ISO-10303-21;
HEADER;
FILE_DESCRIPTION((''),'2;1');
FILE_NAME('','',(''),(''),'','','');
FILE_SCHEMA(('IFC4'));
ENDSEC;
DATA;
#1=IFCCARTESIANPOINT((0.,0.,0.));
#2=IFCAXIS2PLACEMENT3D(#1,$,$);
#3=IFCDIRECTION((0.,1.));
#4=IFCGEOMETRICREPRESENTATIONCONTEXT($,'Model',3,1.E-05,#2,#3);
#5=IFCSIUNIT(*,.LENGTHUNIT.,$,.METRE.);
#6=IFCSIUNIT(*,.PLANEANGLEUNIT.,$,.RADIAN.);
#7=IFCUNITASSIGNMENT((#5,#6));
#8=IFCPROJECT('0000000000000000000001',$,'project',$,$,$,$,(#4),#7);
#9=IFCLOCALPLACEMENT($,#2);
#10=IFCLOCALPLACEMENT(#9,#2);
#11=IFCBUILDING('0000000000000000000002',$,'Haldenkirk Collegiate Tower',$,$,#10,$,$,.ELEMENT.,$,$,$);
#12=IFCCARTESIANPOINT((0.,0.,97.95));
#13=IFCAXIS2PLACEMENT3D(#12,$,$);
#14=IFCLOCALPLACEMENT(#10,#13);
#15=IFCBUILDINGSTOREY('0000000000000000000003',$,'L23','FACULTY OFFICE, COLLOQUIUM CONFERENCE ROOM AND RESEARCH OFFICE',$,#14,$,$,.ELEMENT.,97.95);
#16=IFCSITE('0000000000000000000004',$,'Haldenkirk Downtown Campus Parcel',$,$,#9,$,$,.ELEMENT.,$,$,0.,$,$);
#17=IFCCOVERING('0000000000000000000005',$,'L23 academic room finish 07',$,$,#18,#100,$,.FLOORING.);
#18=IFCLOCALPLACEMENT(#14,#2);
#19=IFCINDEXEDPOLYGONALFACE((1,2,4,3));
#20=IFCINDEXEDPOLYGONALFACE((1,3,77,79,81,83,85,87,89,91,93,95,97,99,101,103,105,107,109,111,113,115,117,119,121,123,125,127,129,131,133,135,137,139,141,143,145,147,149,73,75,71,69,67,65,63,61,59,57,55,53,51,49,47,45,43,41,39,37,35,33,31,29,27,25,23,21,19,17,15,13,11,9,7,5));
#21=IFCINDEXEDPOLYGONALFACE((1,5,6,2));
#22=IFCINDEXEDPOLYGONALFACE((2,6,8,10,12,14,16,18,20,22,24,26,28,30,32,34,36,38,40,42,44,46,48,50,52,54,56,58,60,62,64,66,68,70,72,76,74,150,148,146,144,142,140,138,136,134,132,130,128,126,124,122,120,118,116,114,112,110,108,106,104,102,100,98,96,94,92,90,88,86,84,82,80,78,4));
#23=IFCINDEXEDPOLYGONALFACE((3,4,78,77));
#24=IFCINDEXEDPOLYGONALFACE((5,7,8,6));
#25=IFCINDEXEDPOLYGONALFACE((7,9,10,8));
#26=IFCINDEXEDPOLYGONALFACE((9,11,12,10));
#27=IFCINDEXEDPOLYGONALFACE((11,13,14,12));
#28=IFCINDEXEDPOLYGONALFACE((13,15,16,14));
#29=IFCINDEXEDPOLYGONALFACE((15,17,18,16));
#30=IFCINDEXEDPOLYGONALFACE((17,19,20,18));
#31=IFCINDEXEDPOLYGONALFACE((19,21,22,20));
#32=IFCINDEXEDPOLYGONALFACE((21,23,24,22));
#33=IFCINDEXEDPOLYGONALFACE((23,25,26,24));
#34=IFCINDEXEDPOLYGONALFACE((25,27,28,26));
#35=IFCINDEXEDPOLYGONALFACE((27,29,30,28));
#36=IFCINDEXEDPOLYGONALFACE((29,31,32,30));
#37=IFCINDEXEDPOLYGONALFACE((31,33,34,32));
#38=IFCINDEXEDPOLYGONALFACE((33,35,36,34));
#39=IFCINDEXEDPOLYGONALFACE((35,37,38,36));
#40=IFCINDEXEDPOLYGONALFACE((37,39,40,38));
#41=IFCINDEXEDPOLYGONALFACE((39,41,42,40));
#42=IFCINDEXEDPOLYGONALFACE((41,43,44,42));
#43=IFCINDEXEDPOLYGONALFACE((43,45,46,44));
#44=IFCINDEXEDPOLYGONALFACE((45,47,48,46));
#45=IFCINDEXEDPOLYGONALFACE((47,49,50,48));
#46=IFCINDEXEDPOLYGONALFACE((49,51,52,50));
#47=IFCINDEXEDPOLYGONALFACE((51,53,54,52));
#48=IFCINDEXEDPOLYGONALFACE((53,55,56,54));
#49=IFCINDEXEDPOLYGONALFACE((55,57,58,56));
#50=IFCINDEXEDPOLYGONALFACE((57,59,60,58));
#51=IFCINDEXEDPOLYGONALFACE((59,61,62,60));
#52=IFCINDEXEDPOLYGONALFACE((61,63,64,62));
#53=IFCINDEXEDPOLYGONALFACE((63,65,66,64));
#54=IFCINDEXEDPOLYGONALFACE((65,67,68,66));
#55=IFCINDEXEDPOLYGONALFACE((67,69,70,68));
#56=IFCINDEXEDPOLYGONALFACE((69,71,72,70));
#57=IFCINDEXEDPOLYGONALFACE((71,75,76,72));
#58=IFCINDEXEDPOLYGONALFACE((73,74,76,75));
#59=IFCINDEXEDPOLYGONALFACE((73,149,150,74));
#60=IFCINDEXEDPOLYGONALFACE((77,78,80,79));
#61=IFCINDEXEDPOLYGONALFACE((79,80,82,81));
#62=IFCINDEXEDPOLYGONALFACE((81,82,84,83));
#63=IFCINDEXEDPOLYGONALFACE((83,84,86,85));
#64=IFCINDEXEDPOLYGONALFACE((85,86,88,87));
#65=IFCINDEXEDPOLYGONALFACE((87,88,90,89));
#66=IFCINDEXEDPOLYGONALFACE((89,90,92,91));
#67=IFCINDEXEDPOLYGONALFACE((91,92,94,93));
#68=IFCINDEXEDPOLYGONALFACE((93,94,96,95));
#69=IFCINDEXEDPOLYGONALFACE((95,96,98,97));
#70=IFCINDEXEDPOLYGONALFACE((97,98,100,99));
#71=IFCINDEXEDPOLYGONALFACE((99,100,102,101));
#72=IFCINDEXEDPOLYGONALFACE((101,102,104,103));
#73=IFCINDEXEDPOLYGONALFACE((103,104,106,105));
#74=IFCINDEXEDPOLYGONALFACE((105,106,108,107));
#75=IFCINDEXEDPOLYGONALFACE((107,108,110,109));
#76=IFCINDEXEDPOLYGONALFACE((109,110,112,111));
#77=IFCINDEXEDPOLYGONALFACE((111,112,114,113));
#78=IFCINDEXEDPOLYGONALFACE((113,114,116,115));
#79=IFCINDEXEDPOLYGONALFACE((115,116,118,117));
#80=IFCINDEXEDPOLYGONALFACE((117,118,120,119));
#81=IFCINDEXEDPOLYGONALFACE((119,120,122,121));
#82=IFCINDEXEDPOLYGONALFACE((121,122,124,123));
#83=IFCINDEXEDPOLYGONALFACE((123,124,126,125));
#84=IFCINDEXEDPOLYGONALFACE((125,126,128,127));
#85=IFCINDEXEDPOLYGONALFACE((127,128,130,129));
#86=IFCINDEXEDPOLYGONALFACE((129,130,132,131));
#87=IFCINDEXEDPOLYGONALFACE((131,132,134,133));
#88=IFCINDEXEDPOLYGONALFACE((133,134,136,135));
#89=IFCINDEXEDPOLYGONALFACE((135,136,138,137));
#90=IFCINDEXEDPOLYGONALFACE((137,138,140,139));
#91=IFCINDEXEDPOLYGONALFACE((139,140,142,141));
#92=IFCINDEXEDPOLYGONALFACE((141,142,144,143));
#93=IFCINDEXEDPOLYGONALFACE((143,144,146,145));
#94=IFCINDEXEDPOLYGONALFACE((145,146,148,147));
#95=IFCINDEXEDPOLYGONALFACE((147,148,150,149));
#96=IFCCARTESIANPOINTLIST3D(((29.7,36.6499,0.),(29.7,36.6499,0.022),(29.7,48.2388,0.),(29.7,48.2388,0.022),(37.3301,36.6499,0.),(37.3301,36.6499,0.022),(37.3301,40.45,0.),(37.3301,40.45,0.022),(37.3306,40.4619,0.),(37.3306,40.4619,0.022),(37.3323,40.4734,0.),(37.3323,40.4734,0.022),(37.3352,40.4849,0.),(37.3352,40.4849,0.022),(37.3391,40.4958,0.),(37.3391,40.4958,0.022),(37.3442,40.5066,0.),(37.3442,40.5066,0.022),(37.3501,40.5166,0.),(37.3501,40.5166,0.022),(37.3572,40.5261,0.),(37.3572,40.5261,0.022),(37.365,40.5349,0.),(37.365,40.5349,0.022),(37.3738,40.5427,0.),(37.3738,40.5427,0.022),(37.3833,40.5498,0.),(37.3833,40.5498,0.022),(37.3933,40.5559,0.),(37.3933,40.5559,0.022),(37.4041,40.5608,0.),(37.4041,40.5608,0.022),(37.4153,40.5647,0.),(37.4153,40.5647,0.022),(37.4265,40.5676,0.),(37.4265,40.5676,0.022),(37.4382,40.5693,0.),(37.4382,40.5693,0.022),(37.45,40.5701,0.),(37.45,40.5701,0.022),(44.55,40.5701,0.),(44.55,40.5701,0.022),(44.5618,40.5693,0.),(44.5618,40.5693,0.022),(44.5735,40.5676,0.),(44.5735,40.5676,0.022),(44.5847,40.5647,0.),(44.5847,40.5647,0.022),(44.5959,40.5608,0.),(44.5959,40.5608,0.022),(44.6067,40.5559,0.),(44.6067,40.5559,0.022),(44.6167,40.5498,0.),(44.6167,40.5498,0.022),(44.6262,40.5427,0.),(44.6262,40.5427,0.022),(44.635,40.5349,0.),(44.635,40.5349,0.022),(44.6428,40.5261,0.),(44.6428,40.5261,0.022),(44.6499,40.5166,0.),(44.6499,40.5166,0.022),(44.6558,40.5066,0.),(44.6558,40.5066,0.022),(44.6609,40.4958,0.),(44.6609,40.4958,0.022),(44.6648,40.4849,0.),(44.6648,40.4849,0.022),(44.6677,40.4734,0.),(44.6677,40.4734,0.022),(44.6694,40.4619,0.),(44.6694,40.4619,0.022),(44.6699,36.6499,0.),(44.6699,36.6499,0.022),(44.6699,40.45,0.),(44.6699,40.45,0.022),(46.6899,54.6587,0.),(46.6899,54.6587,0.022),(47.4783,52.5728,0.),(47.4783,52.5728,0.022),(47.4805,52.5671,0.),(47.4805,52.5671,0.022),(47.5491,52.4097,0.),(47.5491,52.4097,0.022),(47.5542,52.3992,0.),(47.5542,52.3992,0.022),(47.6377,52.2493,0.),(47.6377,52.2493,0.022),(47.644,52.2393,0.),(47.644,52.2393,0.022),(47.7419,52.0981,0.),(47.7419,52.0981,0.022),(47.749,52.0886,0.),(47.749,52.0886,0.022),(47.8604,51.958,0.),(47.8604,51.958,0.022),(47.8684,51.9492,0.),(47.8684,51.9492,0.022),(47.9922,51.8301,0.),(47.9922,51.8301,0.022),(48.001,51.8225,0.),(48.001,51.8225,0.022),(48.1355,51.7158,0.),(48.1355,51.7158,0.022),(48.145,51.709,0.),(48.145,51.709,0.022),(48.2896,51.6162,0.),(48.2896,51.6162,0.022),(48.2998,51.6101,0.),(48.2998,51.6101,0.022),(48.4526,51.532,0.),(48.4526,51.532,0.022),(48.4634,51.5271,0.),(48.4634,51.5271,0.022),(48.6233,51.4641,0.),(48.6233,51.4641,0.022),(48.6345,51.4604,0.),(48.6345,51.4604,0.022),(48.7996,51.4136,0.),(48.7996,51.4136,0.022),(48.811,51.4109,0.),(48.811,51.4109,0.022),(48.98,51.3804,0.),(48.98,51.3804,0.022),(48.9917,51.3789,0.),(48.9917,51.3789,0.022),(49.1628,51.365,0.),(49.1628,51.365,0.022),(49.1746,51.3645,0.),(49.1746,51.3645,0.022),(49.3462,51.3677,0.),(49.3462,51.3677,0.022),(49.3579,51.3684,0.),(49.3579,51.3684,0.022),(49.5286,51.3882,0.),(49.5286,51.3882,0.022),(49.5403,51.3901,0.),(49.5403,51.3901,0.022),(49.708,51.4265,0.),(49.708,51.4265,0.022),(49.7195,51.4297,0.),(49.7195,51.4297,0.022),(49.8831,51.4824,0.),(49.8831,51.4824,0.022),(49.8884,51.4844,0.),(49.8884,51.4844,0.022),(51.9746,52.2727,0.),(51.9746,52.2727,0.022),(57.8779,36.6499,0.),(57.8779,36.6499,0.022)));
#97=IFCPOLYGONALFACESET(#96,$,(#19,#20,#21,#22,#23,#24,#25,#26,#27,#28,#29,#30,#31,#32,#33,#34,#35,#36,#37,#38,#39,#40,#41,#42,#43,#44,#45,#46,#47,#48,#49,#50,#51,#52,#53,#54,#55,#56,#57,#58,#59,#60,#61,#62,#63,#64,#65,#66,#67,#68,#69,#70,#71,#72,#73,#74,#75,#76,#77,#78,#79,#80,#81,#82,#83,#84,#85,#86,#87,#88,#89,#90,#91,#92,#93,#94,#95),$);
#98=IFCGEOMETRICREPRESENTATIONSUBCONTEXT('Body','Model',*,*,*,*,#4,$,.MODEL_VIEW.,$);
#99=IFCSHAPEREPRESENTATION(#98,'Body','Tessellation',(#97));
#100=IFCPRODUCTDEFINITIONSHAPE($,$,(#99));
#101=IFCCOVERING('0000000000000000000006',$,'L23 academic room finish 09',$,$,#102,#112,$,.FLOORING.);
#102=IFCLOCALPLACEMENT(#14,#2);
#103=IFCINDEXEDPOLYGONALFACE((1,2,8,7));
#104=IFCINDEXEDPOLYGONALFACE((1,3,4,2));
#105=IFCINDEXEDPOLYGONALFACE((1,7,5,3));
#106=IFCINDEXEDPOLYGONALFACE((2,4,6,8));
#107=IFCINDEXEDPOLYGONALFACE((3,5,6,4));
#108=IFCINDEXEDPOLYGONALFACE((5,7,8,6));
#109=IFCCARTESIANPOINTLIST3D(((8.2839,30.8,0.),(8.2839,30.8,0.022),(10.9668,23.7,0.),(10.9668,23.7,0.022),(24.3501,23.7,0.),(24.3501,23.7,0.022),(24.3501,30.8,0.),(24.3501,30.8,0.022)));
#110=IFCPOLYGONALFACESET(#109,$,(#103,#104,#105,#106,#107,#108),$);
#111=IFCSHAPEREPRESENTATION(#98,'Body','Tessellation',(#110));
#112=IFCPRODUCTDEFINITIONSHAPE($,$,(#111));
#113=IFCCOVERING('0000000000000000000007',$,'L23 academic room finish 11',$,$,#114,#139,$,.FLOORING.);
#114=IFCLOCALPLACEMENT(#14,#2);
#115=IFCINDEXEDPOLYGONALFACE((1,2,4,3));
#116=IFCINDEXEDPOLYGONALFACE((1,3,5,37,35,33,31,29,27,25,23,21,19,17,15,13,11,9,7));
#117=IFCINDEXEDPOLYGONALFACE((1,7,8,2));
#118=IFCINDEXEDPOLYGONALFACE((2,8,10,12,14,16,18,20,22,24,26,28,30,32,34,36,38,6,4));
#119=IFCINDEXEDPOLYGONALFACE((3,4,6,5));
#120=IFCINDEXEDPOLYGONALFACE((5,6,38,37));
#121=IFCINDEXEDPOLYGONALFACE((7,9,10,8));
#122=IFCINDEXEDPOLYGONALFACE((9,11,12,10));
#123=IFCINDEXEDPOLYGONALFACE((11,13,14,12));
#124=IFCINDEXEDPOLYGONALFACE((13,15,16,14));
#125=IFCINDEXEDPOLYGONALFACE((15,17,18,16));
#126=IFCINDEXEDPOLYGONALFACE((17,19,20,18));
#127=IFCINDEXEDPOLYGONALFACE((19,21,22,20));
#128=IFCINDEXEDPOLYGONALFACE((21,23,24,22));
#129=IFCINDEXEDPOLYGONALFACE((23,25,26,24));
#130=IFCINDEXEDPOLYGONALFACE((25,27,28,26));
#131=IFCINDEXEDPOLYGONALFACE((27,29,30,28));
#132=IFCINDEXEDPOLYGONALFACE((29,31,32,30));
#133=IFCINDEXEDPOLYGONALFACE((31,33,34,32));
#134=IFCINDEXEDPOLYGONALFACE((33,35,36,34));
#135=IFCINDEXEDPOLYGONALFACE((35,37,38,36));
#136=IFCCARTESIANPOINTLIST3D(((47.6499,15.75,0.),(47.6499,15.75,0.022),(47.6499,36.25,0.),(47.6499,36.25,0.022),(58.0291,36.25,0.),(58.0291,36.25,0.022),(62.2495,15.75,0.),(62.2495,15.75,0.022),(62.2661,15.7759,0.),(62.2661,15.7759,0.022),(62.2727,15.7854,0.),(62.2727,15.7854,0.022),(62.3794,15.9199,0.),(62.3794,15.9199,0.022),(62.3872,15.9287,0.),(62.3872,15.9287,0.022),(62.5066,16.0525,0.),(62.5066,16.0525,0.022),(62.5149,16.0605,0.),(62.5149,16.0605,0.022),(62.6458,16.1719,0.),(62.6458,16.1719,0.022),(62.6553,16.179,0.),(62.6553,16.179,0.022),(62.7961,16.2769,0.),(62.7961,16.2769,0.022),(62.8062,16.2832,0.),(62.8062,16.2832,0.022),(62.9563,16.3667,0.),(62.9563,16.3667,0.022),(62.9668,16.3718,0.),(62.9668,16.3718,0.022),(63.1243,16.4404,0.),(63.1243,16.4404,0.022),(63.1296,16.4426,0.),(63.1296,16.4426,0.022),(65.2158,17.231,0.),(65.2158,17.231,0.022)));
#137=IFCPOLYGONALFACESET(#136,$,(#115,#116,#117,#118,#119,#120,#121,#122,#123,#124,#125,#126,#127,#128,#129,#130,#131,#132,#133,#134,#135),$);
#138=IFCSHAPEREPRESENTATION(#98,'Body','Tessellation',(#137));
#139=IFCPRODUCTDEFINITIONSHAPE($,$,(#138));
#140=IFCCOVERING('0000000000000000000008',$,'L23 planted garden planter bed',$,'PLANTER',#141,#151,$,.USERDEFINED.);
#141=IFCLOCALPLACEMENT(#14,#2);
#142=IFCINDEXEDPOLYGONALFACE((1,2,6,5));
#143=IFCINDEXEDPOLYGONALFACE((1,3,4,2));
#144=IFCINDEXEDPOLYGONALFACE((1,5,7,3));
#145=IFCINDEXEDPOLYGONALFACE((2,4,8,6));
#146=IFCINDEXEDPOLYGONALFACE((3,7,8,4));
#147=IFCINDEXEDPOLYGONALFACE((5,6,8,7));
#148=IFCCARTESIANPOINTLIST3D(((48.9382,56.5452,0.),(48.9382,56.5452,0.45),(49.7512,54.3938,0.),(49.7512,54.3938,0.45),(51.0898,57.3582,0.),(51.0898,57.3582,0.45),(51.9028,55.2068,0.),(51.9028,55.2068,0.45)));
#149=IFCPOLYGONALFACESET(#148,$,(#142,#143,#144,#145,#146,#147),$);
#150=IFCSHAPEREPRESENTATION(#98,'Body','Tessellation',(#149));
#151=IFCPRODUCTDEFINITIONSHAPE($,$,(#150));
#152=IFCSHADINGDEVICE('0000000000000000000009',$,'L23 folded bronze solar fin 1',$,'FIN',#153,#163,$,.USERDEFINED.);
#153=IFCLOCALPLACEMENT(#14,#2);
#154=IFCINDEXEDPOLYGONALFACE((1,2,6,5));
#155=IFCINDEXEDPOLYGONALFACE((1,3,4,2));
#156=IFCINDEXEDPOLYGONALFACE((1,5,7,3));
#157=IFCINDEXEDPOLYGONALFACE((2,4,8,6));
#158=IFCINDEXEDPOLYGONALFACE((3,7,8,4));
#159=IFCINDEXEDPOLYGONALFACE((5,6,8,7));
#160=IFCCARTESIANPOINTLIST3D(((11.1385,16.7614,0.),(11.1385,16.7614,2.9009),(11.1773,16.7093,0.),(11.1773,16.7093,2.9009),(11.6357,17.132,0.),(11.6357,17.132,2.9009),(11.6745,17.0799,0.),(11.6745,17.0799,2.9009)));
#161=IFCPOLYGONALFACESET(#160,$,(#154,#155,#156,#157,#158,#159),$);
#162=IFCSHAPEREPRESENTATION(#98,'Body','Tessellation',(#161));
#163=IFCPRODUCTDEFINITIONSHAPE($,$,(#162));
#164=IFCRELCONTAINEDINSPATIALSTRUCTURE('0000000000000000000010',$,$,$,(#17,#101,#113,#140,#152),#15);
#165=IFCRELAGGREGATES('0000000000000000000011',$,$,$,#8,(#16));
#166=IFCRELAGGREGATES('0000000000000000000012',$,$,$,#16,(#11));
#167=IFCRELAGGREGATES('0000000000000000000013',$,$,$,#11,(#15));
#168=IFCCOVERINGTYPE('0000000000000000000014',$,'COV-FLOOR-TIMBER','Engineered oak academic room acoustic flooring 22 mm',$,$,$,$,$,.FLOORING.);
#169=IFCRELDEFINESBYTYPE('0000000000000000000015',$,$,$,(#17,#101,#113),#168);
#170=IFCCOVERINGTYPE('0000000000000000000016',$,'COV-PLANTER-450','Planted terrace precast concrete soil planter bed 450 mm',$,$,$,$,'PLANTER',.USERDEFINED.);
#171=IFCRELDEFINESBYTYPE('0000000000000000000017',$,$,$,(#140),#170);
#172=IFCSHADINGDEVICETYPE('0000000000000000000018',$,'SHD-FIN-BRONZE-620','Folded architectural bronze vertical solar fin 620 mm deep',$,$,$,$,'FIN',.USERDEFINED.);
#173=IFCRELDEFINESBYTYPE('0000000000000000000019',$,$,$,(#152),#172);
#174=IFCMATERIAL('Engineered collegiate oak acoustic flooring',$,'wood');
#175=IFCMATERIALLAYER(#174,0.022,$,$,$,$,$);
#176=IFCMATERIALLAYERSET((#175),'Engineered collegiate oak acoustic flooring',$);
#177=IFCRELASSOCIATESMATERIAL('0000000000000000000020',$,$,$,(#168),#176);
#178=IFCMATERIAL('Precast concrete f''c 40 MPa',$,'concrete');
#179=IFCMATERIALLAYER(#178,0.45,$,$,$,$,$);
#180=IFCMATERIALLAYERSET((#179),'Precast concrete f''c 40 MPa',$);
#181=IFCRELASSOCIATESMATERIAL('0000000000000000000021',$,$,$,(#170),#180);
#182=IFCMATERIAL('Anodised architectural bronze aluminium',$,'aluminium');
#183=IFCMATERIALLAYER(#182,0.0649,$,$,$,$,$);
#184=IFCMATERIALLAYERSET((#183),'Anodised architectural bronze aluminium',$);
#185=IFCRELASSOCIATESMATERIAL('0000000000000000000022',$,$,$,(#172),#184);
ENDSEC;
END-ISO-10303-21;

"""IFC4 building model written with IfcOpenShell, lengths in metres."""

from ifc_helpers import new_model, si_unit, direction, frame, origin, origin_2d, place, context, subcontext, project, spatial, polyline, rectangle, outline, extrude, source, transform, mapped, material, layer, layer_set, type_object, element, save


model = new_model("IFC4")

# Units and contexts
model_context = context("Model", 3, precision=1e-05, world=origin(), true_north=direction((0.0, 1.0)))
body_context = subcontext(model_context, "Body", "Model", "MODEL_VIEW")
ifc_project = project(units=[si_unit("LENGTHUNIT", "METRE"), si_unit("PLANEANGLEUNIT", "RADIAN")], contexts=[model_context])

# Site, building, storey
site_placement = place(None, origin())
site = spatial("IfcSite", under=ifc_project, at=site_placement, Name="Haldenkirk Downtown Campus Parcel", CompositionType="ELEMENT", RefElevation=0.0)
building_placement = place(site_placement, origin())
building = spatial("IfcBuilding", under=site, at=building_placement, Name="Haldenkirk Collegiate Tower", CompositionType="ELEMENT")
storey_placement = place(building_placement, frame((0.0, 0.0, 97.95)))
storey = spatial("IfcBuildingStorey", under=building, at=storey_placement, Name="L23", Description="FACULTY OFFICE, COLLOQUIUM CONFERENCE ROOM AND RESEARCH OFFICE", CompositionType="ELEMENT", Elevation=97.95)

# Shared definitions
ifc_material_1 = material(Name="Anodised architectural bronze aluminium", Category="aluminium")

# Coverings
ifc_material_2 = material(Name="Engineered collegiate oak acoustic flooring", Category="wood")
ifc_layer_1 = layer(ifc_material_2, 0.022)
ifc_layer_set_1 = layer_set([ifc_layer_1], Name="Engineered collegiate oak acoustic flooring")
covering_type_1 = type_object("IfcCoveringType", Name="COV-FLOOR-TIMBER", Description="Engineered oak academic room acoustic flooring 22 mm", PredefinedType="FLOORING", material=ifc_layer_set_1)
covering_1_placement = place(storey_placement, origin())
element("IfcCovering", 1, at=covering_1_placement, inside=storey, type_object=covering_type_1, Name="L23 academic room finish 07", PredefinedType="FLOORING", context=body_context, shape_type="SweptSolid", body=[
    extrude(outline(polyline([(46.6899, 54.6587), (47.4783, 52.5728), (47.4805, 52.5671), (47.5491, 52.4097), (47.5542, 52.3992), (47.6377, 52.2493), (47.644, 52.2393), (47.7419, 52.0981), (47.749, 52.0886), (47.8604, 51.958), (47.8684, 51.9492), (47.9922, 51.8301), (48.001, 51.8225), (48.1355, 51.7158), (48.145, 51.709), (48.2896, 51.6162), (48.2998, 51.6101), (48.4526, 51.532), (48.4634, 51.5271), (48.6233, 51.4641), (48.6345, 51.4604), (48.7996, 51.4136), (48.811, 51.4109), (48.98, 51.3804), (48.9917, 51.3789), (49.1628, 51.365), (49.1746, 51.3645), (49.3462, 51.3677), (49.3579, 51.3684), (49.5286, 51.3882), (49.5403, 51.3901), (49.708, 51.4265), (49.7195, 51.4297), (49.8831, 51.4824), (49.8884, 51.4844), (51.9746, 52.2727), (57.8779, 36.6499), (44.6699, 36.6499), (44.6699, 40.45), (44.6694, 40.4619), (44.6677, 40.4734), (44.6648, 40.4849), (44.6609, 40.4958), (44.6558, 40.5066), (44.6499, 40.5166), (44.6428, 40.5261), (44.635, 40.5349), (44.6262, 40.5427), (44.6167, 40.5498), (44.6067, 40.5559), (44.5959, 40.5608), (44.5847, 40.5647), (44.5735, 40.5676), (44.5618, 40.5693), (44.55, 40.5701), (37.45, 40.5701), (37.4382, 40.5693), (37.4265, 40.5676), (37.4153, 40.5647), (37.4041, 40.5608), (37.3933, 40.5559), (37.3833, 40.5498), (37.3738, 40.5427), (37.365, 40.5349), (37.3572, 40.5261), (37.3501, 40.5166), (37.3442, 40.5066), (37.3391, 40.4958), (37.3352, 40.4849), (37.3323, 40.4734), (37.3306, 40.4619), (37.3301, 40.45), (37.3301, 36.6499), (29.7, 36.6499), (29.7, 48.2388), (46.6899, 54.6587)])), origin(), (0.0, 0.0, 1.0), 0.022),
])
covering_2_placement = place(storey_placement, origin())
element("IfcCovering", 2, at=covering_2_placement, inside=storey, type_object=covering_type_1, Name="L23 academic room finish 09", PredefinedType="FLOORING", context=body_context, shape_type="SweptSolid", body=[
    extrude(outline(polyline([(8.2839, 30.8), (24.3501, 30.8), (24.3501, 23.7), (10.9668, 23.7), (8.2839, 30.8)])), origin(), (0.0, 0.0, 1.0), 0.022),
])
covering_3_placement = place(storey_placement, origin())
element("IfcCovering", 3, at=covering_3_placement, inside=storey, type_object=covering_type_1, Name="L23 academic room finish 11", PredefinedType="FLOORING", context=body_context, shape_type="SweptSolid", body=[
    extrude(outline(polyline([(63.1296, 16.4426), (63.1243, 16.4404), (62.9668, 16.3718), (62.9563, 16.3667), (62.8062, 16.2832), (62.7961, 16.2769), (62.6553, 16.179), (62.6458, 16.1719), (62.5149, 16.0605), (62.5066, 16.0525), (62.3872, 15.9287), (62.3794, 15.9199), (62.2727, 15.7854), (62.2661, 15.7759), (62.2495, 15.75), (47.6499, 15.75), (47.6499, 36.25), (58.0291, 36.25), (65.2158, 17.231), (63.1296, 16.4426)])), origin(), (0.0, 0.0, 1.0), 0.022),
])
ifc_material_3 = material(Name="Precast concrete f'c 40 MPa", Category="concrete")
ifc_layer_2 = layer(ifc_material_3, 0.45)
ifc_layer_set_2 = layer_set([ifc_layer_2], Name="Precast concrete f'c 40 MPa")
covering_type_2 = type_object("IfcCoveringType", Name="COV-PLANTER-450", Description="Planted terrace precast concrete soil planter bed 450 mm", ElementType="PLANTER", PredefinedType="USERDEFINED", material=ifc_layer_set_2)
covering_4_placement = place(storey_placement, origin())
element("IfcCovering", 4, at=covering_4_placement, inside=storey, type_object=covering_type_2, Name="L23 planted garden planter bed", ObjectType="PLANTER", PredefinedType="USERDEFINED", context=body_context, shape_type="SweptSolid", body=[
    extrude(outline(polyline([(49.7512, 54.3938), (48.9382, 56.5452), (51.0898, 57.3582), (51.9028, 55.2068), (49.7512, 54.3938)])), origin(), (0.0, 0.0, 1.0), 0.45),
])

# Shading device
ifc_layer_3 = layer(ifc_material_1, 0.0649)
ifc_layer_set_3 = layer_set([ifc_layer_3], Name="Anodised architectural bronze aluminium")
shading_device_type = type_object("IfcShadingDeviceType", Name="SHD-FIN-BRONZE-620", Description="Folded architectural bronze vertical solar fin 620 mm deep", ElementType="FIN", PredefinedType="USERDEFINED", material=ifc_layer_set_3)
shared_shape_1 = source(origin(), body_context, "Body", "SweptSolid", [
    extrude(rectangle(XDim=0.6201, YDim=0.0649, at=origin_2d()), origin(), (0.0, 0.0, 1.0), 2.9009),
])
shading_device_placement = place(storey_placement, frame((11.4065, 16.9207, 0.0), z_axis=(0.0, 0.0, 1.0), x_axis=(-0.801776, -0.597625, 0.0)))
element("IfcShadingDevice", 5, at=shading_device_placement, inside=storey, type_object=shading_device_type, Name="L23 folded bronze solar fin 1", ObjectType="FIN", PredefinedType="USERDEFINED", context=body_context, shape_type="MappedRepresentation", body=[
    mapped(shared_shape_1, transform((0.0, 0.0, 0.0), x_axis=(1.0, 0.0, 0.0), y_axis=(0.0, 1.0, 0.0), z_axis=(0.0, 0.0, 1.0), scale=1.0)),
])

save(model, "model.ifc")
